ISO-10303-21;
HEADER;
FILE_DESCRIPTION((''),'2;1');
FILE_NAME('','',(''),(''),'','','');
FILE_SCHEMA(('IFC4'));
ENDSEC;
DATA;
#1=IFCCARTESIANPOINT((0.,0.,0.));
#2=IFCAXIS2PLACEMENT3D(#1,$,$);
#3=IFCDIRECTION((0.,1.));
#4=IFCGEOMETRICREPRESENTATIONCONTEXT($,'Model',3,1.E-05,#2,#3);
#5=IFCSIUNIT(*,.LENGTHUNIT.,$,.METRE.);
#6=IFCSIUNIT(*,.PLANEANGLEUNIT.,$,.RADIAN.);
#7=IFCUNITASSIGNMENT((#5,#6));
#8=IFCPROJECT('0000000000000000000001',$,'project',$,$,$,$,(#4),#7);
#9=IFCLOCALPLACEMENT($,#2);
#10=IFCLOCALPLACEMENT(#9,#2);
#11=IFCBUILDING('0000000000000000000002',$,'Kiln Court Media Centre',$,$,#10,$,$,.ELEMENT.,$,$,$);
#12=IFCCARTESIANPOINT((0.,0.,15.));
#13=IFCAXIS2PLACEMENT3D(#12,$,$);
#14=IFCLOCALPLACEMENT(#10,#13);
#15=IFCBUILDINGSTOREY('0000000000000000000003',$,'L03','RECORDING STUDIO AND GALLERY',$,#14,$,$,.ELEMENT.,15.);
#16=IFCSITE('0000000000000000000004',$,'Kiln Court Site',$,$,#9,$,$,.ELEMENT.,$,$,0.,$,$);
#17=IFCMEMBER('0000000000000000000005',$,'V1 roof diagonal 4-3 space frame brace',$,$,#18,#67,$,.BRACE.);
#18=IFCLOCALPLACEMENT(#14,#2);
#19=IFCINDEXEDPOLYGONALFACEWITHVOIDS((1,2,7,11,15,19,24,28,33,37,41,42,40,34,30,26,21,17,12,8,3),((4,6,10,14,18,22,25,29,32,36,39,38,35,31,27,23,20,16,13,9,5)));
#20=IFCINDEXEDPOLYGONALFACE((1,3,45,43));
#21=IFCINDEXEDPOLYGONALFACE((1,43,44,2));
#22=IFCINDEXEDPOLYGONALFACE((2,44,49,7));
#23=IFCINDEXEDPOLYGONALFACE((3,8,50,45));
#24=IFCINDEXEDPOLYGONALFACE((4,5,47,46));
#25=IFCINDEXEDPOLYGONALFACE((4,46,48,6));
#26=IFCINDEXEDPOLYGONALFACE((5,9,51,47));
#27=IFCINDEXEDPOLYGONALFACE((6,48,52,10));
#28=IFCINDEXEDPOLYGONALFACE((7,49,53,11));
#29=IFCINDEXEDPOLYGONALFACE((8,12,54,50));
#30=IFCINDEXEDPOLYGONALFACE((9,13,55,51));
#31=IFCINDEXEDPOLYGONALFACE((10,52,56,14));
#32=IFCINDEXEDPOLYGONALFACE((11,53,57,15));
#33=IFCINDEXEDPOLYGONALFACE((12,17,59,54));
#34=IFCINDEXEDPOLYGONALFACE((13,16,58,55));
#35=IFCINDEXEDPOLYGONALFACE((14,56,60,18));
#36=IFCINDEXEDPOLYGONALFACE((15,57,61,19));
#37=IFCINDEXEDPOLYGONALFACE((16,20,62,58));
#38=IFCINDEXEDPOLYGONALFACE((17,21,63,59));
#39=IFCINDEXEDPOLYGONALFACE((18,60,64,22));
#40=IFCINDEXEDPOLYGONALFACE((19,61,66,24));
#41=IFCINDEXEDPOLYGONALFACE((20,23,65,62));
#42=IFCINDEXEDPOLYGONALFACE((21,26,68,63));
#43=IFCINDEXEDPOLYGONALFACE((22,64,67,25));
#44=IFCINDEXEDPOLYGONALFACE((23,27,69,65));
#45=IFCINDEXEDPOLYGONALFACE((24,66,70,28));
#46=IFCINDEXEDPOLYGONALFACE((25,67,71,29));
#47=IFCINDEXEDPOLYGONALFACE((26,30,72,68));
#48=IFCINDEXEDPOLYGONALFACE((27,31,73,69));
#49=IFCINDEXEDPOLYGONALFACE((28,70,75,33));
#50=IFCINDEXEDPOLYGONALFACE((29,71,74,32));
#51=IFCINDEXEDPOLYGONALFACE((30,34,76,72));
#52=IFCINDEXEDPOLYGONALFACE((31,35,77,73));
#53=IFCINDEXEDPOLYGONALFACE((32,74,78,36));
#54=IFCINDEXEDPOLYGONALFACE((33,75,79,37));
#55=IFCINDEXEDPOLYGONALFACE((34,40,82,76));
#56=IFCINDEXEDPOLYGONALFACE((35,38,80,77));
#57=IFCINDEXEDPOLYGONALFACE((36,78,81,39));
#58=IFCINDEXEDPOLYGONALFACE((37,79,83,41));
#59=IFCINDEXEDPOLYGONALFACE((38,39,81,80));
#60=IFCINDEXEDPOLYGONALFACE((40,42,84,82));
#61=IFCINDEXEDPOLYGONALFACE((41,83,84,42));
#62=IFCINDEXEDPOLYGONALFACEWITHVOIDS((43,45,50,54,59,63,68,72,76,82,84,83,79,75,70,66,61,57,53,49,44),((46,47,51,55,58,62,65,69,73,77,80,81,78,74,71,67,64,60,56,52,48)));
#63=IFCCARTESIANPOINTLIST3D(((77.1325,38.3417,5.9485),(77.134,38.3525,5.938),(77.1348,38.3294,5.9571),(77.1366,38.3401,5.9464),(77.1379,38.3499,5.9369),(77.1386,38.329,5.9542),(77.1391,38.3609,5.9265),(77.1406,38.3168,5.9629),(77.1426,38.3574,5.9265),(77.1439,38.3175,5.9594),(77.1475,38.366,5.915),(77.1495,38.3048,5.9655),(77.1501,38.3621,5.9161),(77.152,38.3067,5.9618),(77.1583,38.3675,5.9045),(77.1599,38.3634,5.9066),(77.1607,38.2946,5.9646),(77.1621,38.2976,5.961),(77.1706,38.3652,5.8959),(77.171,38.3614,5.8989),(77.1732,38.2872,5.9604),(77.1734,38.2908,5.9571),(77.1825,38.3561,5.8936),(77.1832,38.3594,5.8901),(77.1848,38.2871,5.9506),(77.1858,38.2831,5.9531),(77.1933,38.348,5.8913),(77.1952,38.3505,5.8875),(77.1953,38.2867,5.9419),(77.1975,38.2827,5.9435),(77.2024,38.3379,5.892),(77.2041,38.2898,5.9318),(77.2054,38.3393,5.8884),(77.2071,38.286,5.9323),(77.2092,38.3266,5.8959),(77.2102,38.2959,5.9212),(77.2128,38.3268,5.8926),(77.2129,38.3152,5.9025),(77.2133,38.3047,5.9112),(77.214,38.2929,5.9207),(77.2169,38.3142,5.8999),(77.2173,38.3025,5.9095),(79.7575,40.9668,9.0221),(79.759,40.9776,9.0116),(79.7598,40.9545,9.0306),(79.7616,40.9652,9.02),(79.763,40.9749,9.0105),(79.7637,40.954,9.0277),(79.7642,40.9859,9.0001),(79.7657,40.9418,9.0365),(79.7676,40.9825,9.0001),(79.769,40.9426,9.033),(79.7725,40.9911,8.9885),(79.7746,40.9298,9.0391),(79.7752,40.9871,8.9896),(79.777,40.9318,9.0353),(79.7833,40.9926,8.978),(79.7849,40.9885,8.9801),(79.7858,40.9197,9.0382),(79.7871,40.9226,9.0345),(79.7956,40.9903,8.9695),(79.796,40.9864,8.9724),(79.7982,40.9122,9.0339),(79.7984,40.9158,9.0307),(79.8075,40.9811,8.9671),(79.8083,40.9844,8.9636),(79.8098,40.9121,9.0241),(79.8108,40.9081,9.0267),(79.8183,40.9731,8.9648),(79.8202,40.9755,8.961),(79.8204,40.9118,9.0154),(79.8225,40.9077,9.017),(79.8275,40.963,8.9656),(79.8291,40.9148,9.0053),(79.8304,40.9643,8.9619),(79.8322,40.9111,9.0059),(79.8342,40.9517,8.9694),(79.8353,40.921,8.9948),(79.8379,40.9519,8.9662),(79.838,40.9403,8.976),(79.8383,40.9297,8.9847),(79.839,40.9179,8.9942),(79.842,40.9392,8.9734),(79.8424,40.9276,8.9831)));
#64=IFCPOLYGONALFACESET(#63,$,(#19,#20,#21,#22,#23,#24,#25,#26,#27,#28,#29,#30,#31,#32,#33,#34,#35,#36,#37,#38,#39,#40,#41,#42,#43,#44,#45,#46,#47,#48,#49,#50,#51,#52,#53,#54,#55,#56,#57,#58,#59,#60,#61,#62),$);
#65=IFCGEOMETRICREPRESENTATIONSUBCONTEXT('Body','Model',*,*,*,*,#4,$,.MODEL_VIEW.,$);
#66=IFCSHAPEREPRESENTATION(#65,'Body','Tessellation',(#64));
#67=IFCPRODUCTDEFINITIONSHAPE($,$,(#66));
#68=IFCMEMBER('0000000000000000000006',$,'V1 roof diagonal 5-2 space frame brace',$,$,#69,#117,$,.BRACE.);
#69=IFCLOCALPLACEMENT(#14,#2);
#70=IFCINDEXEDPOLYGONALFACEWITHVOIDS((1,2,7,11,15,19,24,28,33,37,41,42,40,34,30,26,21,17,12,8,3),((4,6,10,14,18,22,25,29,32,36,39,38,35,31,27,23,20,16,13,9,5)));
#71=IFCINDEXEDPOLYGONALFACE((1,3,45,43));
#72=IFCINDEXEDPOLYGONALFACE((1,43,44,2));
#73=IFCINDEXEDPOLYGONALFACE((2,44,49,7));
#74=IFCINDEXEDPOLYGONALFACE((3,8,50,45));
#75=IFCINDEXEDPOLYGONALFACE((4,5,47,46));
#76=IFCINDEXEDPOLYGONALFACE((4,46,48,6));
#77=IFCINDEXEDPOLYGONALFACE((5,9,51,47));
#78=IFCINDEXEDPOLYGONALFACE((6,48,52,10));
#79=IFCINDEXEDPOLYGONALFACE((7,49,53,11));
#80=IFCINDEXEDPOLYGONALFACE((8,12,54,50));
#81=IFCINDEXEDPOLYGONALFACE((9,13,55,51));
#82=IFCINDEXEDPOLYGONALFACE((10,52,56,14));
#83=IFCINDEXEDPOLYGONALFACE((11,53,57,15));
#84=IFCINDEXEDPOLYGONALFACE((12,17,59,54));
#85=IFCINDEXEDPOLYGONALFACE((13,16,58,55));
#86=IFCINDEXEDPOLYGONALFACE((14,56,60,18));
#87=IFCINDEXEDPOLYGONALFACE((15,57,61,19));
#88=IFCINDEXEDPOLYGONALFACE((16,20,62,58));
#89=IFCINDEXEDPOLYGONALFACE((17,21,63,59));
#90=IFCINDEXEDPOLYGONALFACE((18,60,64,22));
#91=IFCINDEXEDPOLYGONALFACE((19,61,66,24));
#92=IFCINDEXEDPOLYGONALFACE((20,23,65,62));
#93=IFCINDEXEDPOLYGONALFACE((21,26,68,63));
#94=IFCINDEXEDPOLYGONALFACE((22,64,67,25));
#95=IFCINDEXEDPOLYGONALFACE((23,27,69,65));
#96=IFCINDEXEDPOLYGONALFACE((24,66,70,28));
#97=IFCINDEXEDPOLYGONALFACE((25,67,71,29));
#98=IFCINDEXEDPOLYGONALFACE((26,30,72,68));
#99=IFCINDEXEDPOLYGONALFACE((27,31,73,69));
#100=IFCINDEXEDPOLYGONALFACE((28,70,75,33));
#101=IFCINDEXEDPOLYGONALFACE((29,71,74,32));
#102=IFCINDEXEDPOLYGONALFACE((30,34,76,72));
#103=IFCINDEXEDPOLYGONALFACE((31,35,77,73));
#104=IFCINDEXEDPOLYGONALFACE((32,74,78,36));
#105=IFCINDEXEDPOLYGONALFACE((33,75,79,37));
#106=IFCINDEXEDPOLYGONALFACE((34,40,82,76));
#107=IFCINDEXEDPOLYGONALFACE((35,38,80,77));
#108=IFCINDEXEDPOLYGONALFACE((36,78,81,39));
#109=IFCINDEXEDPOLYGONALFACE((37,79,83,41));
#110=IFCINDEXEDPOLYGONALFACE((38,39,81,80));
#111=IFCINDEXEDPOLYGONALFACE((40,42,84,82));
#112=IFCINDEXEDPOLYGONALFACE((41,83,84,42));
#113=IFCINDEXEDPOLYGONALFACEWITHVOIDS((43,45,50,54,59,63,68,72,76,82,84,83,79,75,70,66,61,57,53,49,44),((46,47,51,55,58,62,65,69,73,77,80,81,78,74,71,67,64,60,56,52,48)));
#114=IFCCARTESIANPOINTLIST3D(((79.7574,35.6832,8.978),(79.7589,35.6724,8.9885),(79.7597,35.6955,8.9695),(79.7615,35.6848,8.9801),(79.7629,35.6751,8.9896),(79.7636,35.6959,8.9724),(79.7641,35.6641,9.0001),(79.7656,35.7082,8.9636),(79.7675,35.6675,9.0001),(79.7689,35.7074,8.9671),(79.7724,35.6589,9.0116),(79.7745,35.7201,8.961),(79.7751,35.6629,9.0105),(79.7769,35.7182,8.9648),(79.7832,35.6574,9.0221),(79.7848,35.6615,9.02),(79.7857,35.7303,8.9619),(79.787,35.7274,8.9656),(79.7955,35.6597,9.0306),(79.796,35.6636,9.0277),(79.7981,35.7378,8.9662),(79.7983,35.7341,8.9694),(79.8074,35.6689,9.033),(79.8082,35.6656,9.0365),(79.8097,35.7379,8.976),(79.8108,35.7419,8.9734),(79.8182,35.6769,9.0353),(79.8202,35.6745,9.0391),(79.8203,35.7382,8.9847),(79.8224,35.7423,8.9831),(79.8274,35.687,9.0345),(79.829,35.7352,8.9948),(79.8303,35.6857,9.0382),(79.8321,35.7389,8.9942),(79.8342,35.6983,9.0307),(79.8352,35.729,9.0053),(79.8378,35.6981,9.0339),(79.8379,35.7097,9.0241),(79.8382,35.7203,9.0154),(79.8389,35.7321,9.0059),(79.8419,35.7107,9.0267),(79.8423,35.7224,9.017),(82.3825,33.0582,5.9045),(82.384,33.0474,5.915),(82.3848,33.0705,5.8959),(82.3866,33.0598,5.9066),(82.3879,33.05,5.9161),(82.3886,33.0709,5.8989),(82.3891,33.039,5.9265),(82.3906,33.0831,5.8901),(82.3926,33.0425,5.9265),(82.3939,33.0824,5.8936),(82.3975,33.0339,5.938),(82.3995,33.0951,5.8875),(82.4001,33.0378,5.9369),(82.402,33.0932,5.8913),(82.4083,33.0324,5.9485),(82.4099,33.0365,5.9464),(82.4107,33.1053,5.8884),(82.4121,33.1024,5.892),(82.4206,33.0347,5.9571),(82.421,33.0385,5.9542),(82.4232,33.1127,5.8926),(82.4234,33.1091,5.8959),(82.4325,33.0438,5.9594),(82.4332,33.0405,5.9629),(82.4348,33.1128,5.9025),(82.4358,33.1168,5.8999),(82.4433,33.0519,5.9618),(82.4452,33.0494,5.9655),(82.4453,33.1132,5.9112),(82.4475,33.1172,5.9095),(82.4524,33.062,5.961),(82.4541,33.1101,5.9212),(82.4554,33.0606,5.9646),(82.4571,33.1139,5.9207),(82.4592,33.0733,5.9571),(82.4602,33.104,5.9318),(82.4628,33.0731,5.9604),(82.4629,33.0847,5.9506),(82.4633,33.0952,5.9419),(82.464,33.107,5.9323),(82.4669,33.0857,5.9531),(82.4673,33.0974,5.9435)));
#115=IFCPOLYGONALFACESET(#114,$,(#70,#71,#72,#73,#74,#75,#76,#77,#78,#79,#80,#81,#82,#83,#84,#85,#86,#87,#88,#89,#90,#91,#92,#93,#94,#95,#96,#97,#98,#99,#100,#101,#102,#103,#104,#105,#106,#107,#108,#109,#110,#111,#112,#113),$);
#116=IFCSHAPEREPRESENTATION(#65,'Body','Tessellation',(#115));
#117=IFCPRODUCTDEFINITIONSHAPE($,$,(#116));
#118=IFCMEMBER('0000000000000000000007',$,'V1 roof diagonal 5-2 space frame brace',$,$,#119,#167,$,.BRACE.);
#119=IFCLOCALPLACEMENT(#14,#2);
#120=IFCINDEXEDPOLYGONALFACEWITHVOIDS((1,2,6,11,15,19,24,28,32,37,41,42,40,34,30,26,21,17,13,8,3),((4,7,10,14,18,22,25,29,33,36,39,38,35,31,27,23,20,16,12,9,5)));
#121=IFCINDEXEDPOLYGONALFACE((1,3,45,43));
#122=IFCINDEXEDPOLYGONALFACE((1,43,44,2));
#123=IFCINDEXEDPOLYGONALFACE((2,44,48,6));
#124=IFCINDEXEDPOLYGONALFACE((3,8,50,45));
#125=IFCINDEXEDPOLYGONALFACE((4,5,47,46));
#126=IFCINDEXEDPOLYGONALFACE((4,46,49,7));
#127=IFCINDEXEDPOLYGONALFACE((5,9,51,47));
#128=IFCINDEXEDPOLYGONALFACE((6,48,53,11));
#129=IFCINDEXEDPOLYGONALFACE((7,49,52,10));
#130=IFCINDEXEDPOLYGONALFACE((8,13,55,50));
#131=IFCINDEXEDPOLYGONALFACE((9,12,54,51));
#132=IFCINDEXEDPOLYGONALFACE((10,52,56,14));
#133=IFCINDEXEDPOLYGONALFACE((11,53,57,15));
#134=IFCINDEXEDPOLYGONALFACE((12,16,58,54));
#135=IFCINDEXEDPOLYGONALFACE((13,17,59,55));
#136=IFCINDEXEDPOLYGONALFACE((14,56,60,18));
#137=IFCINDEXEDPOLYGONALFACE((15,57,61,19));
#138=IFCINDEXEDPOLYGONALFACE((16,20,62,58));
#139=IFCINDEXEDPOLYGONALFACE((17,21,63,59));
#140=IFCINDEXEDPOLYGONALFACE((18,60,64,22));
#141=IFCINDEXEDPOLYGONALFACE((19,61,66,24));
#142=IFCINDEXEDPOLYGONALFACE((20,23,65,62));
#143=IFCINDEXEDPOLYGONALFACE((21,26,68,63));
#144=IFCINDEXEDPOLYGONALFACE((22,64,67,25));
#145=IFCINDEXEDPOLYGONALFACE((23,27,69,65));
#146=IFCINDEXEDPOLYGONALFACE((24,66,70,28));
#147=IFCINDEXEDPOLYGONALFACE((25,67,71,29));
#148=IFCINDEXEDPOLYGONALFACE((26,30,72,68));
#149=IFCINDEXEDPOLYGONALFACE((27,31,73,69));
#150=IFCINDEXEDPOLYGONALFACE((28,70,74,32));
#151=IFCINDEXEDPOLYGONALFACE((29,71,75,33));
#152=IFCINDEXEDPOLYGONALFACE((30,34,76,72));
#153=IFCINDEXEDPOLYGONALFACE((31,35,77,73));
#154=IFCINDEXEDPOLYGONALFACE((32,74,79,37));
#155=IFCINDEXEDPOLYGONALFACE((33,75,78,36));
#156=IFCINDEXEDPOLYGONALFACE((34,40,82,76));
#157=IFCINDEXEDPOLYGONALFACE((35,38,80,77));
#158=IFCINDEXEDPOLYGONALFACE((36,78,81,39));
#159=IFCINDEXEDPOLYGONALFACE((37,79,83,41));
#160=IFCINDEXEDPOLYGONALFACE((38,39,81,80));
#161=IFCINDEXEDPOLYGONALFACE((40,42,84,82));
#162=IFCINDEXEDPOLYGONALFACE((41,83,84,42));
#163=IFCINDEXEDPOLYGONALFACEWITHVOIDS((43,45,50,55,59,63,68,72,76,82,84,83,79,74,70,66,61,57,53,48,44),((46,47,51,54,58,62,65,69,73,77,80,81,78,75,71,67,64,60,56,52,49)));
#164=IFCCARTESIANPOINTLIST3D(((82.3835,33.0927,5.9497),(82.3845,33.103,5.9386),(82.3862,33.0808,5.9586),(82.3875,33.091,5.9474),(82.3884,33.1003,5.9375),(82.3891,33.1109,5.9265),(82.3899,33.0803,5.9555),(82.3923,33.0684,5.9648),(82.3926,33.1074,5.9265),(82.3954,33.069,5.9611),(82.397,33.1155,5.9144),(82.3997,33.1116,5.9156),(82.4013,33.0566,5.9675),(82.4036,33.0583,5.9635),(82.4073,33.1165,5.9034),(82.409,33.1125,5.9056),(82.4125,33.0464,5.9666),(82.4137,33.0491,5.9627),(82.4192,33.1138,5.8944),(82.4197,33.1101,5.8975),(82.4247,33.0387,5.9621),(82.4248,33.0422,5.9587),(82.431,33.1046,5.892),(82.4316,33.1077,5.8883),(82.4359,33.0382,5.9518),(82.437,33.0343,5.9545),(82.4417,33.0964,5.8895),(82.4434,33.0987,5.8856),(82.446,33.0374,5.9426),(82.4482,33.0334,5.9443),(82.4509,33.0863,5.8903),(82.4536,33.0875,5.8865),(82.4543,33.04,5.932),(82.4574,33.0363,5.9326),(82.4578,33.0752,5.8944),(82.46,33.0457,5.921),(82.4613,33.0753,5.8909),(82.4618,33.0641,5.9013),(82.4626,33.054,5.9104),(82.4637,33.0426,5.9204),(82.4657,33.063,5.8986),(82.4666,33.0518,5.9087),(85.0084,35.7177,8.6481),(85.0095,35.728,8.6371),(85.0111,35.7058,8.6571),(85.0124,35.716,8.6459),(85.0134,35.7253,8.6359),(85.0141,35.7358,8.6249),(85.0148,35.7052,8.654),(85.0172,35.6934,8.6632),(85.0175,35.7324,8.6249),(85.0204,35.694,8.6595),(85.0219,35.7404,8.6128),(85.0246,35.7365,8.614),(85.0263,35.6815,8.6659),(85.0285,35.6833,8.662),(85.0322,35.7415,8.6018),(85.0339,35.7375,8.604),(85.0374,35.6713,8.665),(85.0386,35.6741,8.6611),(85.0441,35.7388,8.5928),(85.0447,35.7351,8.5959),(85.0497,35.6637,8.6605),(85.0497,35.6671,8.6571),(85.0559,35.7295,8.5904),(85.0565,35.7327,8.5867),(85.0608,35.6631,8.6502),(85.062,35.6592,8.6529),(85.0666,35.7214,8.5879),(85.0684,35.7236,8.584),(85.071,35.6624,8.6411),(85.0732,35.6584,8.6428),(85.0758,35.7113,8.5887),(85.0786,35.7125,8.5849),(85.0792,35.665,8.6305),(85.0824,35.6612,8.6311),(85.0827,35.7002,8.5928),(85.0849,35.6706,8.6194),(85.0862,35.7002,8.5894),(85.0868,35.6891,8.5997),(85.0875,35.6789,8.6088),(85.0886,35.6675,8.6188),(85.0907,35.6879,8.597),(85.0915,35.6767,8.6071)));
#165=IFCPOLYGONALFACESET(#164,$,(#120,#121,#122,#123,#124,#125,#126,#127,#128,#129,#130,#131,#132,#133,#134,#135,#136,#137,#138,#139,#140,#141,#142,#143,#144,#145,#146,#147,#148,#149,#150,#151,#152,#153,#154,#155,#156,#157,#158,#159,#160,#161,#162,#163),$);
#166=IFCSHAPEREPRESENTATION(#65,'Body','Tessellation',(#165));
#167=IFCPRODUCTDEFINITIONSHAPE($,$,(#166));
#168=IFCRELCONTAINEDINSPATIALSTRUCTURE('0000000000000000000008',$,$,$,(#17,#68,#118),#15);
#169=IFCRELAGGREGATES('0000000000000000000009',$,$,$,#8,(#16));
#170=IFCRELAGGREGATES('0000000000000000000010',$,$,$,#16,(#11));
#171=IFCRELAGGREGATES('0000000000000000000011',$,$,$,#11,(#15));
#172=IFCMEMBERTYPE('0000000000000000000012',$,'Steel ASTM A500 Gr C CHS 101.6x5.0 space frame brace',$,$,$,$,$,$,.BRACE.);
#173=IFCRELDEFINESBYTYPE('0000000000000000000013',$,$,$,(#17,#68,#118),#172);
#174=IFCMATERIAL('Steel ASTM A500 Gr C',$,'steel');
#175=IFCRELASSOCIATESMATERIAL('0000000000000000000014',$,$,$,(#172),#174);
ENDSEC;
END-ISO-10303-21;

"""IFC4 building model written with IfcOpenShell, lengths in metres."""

from ifc_helpers import new_model, si_unit, direction, frame, origin, origin_2d, place, context, subcontext, project, spatial, hollow_circle, extrude, material, material_profile, profile_set, type_object, element, save


model = new_model("IFC4")

# Units and contexts
model_context = context("Model", 3, precision=1e-05, world=origin(), true_north=direction((0.0, 1.0)))
body_context = subcontext(model_context, "Body", "Model", "MODEL_VIEW")
ifc_project = project(units=[si_unit("LENGTHUNIT", "METRE"), si_unit("PLANEANGLEUNIT", "RADIAN")], contexts=[model_context])

# Site, building, storey
site_placement = place(None, origin())
site = spatial("IfcSite", under=ifc_project, at=site_placement, Name="Kiln Court Site", CompositionType="ELEMENT", RefElevation=0.0)
building_placement = place(site_placement, origin())
building = spatial("IfcBuilding", under=site, at=building_placement, Name="Kiln Court Media Centre", CompositionType="ELEMENT")
storey_placement = place(building_placement, frame((0.0, 0.0, 15.0)))
storey = spatial("IfcBuildingStorey", under=building, at=storey_placement, Name="L03", Description="RECORDING STUDIO AND GALLERY", CompositionType="ELEMENT", Elevation=15.0)

# Members
ifc_material_1 = material(Name="Steel ASTM A500 Gr C", Category="steel")
ifc_material_profile_1 = material_profile(ifc_material_1, hollow_circle(Radius=0.0508, WallThickness=0.0049, at=origin_2d()), Name="CHS 101.6x5.0")
ifc_profile_set_1 = profile_set([ifc_material_profile_1], Name="Steel ASTM A500 Gr C")
member_type_1 = type_object("IfcMemberType", Name="Steel ASTM A500 Gr C CHS 101.6x5.0 space frame brace", PredefinedType="BRACE", material=ifc_profile_set_1)
for number, where, z_axis, x_axis, name in (
    (1, (77.175, 38.325, 5.9265), (0.544662, 0.544662, 0.637719), (-0.707107, 0.707107, 0.0), "V1 roof diagonal 4-3 space frame brace"),
    (2, (82.425, 33.075, 5.9265), (-0.544662, 0.544662, 0.637719), (-0.707107, -0.707107, 0.0), "V1 roof diagonal 5-2 space frame brace"),
):
    element("IfcMember", number, at=place(storey_placement, frame(where, z_axis=z_axis, x_axis=x_axis)), inside=storey, type_object=member_type_1, Name=name, PredefinedType="BRACE", context=body_context, shape_type="SweptSolid", body=[
        extrude(hollow_circle(Radius=0.0508, WallThickness=0.0049, at=origin_2d()), origin(), (0.0, 0.0, 1.0), 4.8196),
    ])
member_1_placement = place(storey_placement, frame((82.425, 33.075, 5.9265), z_axis=(0.571964, 0.571964, 0.587976), x_axis=(-0.707107, 0.707107, 0.0)))
element("IfcMember", 3, at=member_1_placement, inside=storey, type_object=member_type_1, Name="V1 roof diagonal 5-2 space frame brace", PredefinedType="BRACE", context=body_context, shape_type="SweptSolid", body=[
    extrude(hollow_circle(Radius=0.0508, WallThickness=0.0049, at=origin_2d()), origin(), (0.0, 0.0, 1.0), 4.5894),
])

save(model, "model.ifc")
